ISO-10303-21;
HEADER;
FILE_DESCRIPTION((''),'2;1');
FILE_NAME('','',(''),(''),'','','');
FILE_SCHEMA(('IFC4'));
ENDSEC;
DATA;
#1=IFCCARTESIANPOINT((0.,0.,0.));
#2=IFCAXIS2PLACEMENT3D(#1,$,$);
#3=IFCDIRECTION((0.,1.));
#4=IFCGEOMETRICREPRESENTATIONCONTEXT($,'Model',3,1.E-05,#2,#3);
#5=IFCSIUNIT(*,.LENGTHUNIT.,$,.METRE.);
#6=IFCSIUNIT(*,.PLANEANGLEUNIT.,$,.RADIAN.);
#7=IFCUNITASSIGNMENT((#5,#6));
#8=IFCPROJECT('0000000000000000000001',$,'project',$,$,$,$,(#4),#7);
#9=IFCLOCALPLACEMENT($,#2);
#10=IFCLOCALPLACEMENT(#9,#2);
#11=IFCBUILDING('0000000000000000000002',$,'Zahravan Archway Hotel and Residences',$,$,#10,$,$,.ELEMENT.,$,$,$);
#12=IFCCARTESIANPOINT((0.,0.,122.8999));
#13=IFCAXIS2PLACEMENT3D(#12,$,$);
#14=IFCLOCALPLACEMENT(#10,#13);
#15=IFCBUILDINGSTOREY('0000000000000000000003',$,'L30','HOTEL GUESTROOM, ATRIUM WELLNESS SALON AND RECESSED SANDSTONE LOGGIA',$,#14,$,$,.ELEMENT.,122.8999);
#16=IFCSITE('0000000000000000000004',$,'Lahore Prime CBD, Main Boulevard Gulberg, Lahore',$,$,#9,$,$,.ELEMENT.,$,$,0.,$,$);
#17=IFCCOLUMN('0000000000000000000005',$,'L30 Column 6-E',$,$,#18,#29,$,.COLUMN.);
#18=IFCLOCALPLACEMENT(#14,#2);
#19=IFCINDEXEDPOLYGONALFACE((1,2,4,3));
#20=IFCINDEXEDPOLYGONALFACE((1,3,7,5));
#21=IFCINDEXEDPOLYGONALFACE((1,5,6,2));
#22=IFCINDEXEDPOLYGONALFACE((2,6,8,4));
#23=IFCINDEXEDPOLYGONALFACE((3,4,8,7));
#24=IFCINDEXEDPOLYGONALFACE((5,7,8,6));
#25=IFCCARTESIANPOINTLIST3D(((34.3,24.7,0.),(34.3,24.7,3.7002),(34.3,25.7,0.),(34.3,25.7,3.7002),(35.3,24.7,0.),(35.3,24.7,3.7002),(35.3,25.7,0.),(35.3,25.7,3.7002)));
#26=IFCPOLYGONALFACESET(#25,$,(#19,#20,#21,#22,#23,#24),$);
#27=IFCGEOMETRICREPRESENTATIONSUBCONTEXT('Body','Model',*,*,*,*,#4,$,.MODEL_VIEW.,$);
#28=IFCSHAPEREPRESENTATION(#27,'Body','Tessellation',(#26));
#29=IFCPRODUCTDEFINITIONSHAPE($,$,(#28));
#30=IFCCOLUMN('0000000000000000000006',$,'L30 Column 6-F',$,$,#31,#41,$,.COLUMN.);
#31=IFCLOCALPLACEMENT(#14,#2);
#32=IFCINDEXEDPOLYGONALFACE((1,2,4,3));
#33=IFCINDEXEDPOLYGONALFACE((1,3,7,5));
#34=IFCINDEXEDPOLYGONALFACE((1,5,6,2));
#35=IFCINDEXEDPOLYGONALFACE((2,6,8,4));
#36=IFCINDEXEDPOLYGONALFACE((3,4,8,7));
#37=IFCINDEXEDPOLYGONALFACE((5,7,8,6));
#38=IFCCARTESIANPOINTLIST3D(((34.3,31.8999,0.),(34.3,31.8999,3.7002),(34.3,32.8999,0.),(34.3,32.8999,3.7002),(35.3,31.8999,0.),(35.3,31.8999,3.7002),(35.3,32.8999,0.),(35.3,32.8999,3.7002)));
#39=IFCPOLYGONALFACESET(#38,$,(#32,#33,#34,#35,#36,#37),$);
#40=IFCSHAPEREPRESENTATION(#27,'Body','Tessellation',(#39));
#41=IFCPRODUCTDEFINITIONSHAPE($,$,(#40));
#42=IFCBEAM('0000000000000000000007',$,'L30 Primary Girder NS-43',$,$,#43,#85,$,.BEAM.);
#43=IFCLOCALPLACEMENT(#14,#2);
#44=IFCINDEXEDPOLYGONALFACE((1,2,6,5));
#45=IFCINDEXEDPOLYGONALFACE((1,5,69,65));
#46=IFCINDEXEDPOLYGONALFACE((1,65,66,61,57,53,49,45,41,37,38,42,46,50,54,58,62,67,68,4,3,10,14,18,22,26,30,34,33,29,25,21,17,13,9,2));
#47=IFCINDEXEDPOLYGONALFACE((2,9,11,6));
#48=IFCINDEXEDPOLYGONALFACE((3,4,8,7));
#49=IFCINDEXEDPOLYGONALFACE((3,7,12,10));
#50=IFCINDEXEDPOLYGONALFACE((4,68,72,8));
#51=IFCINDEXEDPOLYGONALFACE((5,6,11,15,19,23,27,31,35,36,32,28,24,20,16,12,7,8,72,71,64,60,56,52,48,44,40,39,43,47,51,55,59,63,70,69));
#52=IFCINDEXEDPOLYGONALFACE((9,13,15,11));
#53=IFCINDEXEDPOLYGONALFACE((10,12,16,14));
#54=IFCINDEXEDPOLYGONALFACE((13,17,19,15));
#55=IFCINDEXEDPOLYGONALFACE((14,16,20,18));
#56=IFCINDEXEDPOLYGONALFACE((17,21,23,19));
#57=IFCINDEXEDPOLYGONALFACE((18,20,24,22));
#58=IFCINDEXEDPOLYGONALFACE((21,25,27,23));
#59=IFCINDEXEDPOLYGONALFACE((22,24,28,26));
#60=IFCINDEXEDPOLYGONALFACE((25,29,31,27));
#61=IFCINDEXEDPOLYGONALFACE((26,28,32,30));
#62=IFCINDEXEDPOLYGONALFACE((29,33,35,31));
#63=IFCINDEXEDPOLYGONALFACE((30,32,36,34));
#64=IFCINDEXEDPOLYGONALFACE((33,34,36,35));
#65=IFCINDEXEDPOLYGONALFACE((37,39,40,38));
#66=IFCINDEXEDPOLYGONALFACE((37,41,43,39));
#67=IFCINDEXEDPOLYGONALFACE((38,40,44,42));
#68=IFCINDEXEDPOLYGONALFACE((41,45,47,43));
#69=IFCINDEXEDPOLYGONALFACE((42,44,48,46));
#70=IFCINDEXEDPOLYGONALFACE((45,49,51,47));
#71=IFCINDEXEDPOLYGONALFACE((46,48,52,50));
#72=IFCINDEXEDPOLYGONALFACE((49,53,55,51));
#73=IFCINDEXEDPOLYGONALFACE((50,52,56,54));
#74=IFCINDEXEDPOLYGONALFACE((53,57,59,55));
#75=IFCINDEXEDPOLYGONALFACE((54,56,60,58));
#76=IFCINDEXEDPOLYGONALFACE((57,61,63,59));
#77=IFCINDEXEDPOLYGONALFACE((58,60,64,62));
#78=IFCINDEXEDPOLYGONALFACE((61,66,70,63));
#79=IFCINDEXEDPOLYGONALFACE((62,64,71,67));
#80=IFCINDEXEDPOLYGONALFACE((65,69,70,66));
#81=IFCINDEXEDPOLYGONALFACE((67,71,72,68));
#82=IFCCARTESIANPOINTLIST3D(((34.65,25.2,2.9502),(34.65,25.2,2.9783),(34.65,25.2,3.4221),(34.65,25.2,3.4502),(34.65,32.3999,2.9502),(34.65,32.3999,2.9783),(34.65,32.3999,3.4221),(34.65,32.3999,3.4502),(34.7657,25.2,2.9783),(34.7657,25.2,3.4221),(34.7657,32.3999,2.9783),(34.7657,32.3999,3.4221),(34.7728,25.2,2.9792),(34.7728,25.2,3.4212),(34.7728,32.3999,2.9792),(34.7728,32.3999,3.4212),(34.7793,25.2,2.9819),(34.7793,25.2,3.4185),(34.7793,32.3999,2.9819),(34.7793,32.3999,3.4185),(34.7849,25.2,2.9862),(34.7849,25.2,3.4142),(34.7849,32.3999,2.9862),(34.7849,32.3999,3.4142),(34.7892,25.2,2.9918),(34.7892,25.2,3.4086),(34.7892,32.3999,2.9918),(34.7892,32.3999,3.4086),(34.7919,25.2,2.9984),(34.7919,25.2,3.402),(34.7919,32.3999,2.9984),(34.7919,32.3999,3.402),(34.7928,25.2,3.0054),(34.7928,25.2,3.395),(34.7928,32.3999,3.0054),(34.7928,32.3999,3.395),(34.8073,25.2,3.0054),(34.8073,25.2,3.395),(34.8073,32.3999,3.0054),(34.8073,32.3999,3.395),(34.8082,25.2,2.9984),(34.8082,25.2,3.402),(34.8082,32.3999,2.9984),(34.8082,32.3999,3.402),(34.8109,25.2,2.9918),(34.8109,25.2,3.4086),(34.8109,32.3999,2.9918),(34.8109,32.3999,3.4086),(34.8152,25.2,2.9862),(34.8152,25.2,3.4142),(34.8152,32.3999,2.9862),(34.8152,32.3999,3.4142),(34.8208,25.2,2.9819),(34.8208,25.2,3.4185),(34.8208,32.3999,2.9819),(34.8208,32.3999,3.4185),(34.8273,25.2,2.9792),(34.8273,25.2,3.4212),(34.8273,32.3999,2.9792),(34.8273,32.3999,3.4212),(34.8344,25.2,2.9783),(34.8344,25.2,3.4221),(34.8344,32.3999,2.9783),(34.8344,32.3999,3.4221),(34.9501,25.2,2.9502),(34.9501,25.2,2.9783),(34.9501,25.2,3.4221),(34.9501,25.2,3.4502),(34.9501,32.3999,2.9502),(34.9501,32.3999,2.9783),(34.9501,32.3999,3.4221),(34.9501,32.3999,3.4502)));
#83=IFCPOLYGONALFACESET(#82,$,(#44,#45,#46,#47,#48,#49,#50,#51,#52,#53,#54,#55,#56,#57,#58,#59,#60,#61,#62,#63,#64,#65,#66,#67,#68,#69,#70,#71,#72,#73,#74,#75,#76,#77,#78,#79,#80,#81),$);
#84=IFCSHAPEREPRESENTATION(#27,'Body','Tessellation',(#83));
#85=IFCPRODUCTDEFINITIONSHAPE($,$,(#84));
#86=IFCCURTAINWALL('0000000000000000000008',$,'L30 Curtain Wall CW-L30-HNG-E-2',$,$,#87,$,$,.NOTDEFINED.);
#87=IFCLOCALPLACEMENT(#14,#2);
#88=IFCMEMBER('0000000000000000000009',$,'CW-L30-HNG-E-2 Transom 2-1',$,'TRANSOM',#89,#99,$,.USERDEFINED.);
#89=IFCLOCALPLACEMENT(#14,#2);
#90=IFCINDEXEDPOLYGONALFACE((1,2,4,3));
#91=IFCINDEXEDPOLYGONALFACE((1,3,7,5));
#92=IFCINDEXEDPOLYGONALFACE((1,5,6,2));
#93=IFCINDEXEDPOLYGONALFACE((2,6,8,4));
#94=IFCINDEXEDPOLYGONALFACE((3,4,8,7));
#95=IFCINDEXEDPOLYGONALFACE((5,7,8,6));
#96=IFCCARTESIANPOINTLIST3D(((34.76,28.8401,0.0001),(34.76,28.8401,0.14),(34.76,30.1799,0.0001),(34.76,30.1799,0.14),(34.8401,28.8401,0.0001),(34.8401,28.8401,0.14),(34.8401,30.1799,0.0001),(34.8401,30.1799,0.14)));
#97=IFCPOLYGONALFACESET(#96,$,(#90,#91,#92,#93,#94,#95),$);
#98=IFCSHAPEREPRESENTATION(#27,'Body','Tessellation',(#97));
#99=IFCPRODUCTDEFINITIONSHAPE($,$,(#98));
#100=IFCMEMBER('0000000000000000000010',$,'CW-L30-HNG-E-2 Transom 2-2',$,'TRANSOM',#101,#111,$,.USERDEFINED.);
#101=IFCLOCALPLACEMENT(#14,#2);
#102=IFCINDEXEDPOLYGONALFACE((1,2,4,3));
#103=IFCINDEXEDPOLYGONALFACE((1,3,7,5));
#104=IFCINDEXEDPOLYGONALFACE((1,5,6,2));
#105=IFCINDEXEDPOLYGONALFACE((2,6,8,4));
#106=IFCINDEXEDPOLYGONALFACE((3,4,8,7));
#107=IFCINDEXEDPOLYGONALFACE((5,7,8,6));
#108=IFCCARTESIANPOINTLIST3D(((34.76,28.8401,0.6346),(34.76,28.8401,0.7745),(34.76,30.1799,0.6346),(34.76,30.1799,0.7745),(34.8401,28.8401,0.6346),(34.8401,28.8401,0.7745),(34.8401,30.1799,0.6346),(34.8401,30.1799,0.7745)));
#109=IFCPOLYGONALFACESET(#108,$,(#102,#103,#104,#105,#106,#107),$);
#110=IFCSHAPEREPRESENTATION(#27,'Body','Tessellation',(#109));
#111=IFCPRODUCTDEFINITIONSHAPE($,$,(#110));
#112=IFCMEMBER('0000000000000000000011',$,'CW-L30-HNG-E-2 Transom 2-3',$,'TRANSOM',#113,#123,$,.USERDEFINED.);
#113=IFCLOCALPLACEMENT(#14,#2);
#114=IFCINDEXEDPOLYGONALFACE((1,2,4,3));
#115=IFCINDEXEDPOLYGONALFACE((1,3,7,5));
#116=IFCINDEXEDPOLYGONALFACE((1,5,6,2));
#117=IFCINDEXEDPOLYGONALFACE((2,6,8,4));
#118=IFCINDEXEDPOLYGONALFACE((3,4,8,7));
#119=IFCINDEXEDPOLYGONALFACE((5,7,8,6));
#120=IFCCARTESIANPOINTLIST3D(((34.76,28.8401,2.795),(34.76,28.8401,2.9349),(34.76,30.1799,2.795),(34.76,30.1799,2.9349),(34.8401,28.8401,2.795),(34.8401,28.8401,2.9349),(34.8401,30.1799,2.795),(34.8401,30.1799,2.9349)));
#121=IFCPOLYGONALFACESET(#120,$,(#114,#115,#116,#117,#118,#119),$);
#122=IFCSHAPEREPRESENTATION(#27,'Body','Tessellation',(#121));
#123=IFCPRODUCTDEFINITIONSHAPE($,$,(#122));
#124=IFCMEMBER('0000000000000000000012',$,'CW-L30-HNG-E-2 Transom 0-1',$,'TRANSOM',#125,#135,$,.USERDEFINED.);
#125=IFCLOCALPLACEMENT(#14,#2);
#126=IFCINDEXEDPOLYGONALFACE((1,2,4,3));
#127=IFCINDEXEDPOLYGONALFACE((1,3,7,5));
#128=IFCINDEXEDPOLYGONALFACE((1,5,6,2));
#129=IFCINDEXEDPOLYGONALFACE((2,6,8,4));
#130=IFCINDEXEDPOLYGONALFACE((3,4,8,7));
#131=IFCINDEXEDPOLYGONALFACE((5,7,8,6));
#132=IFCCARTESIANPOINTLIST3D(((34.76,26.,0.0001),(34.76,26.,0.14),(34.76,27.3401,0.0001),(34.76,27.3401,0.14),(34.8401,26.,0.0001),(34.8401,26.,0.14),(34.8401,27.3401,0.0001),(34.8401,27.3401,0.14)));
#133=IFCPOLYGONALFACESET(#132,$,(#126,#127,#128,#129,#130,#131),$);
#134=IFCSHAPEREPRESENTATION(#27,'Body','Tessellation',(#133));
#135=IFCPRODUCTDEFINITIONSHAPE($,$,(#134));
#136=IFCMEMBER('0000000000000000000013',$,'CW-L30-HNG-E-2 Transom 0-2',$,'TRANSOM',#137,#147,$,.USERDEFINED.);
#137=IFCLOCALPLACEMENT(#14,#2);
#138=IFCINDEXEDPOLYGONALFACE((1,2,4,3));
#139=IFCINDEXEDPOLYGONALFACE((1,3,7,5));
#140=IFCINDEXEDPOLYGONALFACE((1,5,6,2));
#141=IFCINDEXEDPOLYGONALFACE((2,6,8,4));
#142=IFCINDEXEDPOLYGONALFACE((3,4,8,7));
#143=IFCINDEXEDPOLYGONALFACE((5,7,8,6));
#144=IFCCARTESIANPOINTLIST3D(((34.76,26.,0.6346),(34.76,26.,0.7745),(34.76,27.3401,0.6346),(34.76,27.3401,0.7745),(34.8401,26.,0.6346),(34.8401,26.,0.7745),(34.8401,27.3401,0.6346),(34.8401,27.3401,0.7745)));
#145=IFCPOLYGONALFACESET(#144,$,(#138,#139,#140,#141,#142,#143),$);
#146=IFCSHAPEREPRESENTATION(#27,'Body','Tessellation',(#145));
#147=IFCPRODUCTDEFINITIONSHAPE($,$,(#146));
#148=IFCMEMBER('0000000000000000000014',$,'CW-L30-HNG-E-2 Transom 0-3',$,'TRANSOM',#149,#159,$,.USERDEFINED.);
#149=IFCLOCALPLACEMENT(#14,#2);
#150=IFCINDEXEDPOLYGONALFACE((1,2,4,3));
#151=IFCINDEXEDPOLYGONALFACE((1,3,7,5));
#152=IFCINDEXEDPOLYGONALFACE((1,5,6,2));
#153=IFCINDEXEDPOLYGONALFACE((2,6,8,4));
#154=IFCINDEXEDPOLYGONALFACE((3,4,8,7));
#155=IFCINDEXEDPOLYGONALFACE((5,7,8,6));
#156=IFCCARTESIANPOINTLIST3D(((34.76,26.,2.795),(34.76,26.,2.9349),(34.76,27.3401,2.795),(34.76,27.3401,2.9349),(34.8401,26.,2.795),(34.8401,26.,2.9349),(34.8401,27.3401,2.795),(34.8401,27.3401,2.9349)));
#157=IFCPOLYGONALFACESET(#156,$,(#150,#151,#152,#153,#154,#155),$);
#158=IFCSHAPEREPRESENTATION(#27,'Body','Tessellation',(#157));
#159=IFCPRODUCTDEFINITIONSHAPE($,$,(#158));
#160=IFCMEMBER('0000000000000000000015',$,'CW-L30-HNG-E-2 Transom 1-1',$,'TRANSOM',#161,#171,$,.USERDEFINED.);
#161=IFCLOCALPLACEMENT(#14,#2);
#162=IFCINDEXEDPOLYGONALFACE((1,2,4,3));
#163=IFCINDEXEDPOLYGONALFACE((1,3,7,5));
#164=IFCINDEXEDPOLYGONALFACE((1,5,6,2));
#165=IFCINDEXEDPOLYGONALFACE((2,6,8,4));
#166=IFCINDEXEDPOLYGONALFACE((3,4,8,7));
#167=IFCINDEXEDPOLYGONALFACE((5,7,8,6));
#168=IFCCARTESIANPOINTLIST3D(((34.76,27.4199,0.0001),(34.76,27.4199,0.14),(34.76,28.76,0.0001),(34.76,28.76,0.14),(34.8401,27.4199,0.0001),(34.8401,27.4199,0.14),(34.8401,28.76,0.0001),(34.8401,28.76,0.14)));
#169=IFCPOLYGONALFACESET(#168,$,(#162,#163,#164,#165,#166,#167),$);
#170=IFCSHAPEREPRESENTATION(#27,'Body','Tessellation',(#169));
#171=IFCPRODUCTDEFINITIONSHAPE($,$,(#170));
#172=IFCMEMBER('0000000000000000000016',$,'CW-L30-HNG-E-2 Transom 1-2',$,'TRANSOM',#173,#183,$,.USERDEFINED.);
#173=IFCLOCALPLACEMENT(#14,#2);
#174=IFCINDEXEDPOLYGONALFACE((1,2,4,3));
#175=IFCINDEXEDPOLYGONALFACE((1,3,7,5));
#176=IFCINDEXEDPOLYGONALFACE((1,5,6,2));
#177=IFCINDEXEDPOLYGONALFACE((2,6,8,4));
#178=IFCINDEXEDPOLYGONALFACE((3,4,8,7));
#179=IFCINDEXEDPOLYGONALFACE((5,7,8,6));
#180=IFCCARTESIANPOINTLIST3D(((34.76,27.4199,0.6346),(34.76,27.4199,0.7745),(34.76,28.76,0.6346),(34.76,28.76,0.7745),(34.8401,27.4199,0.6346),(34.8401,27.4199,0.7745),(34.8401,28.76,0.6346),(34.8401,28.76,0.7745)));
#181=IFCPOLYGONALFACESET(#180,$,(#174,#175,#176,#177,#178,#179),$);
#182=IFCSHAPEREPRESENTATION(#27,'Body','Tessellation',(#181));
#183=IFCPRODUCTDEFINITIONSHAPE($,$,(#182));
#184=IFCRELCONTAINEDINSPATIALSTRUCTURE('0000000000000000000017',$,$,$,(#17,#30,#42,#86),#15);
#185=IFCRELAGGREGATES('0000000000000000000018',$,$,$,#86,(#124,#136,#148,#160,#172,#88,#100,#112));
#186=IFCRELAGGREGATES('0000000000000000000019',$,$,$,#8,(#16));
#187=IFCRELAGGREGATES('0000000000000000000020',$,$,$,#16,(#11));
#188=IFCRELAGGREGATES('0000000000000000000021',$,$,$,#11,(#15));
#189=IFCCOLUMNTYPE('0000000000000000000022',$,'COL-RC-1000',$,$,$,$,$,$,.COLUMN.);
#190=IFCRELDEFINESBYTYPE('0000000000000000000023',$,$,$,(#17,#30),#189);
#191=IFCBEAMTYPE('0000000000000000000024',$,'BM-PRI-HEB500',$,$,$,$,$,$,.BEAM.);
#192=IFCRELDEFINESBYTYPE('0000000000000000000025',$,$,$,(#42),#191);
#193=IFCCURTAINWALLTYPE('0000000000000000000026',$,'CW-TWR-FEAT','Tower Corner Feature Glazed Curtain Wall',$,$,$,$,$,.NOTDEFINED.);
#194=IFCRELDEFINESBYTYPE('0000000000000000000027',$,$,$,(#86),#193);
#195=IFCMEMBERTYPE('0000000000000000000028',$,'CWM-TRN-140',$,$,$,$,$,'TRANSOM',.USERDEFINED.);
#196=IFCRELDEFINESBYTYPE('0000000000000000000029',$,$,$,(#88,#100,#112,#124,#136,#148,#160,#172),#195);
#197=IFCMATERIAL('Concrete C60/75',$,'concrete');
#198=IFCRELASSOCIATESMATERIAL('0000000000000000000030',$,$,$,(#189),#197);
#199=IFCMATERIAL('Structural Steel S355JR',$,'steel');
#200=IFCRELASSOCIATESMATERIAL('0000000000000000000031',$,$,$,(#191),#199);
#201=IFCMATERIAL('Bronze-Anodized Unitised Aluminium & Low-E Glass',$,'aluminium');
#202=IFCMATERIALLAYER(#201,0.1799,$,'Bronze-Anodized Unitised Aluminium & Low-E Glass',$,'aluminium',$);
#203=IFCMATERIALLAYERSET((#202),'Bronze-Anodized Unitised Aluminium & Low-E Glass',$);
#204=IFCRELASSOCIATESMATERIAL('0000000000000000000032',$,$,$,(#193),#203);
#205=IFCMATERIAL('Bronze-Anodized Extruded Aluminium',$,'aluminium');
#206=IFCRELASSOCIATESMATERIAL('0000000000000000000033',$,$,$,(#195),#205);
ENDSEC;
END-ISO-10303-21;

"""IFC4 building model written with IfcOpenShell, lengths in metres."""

from ifc_helpers import new_model, si_unit, direction, frame, origin, origin_2d, place, context, subcontext, project, spatial, rectangle, i_section, extrude, source, transform, mapped, material, layer, layer_set, material_profile, profile_set, type_object, element, aggregate, save


model = new_model("IFC4")

# Units and contexts
model_context = context("Model", 3, precision=1e-05, world=origin(), true_north=direction((0.0, 1.0)))
body_context = subcontext(model_context, "Body", "Model", "MODEL_VIEW")
ifc_project = project(units=[si_unit("LENGTHUNIT", "METRE"), si_unit("PLANEANGLEUNIT", "RADIAN")], contexts=[model_context])

# Site, building, storey
site_placement = place(None, origin())
site = spatial("IfcSite", under=ifc_project, at=site_placement, Name="Lahore Prime CBD, Main Boulevard Gulberg, Lahore", CompositionType="ELEMENT", RefElevation=0.0)
building_placement = place(site_placement, origin())
building = spatial("IfcBuilding", under=site, at=building_placement, Name="Zahravan Archway Hotel and Residences", CompositionType="ELEMENT")
storey_placement = place(building_placement, frame((0.0, 0.0, 122.8999)))
storey = spatial("IfcBuildingStorey", under=building, at=storey_placement, Name="L30", Description="HOTEL GUESTROOM, ATRIUM WELLNESS SALON AND RECESSED SANDSTONE LOGGIA", CompositionType="ELEMENT", Elevation=122.8999)

# Columns
ifc_material_1 = material(Name="Concrete C60/75", Category="concrete")
ifc_material_profile_1 = material_profile(ifc_material_1, rectangle(XDim=1.0, YDim=1.0, at=origin_2d()), Name="RC-COL-1000x1000", Category="concrete")
ifc_profile_set_1 = profile_set([ifc_material_profile_1], Name="Concrete C60/75")
column_type = type_object("IfcColumnType", Name="COL-RC-1000", PredefinedType="COLUMN", material=ifc_profile_set_1)
shared_shape_1 = source(origin(), body_context, "Body", "SweptSolid", [
    extrude(rectangle(XDim=1.0, YDim=1.0, at=origin_2d()), origin(), (0.0, 0.0, 1.0), 3.7002),
])
for number, where, z_axis, x_axis, name in (
    (1, (34.8, 25.2, 0.0), (0.0, 0.0, 1.0), (1.0, 0.0, 0.0), "L30 Column 6-E"),
    (2, (34.8, 32.3999, 0.0), (0.0, 0.0, 1.0), (1.0, 0.0, 0.0), "L30 Column 6-F"),
):
    element("IfcColumn", number, at=place(storey_placement, frame(where, z_axis=z_axis, x_axis=x_axis)), inside=storey, type_object=column_type, Name=name, PredefinedType="COLUMN", context=body_context, shape_type="MappedRepresentation", body=[
        mapped(shared_shape_1, transform((0.0, 0.0, 0.0), scale=1.0)),
    ])

# Beam
ifc_material_2 = material(Name="Structural Steel S355JR", Category="steel")
ifc_material_profile_2 = material_profile(ifc_material_2, i_section(OverallWidth=0.3, OverallDepth=0.5, WebThickness=0.0144, FlangeThickness=0.0281, FilletRadius=0.0271, at=origin_2d()), Name="HEB 500", Category="steel")
ifc_profile_set_2 = profile_set([ifc_material_profile_2], Name="Structural Steel S355JR")
beam_type = type_object("IfcBeamType", Name="BM-PRI-HEB500", PredefinedType="BEAM", material=ifc_profile_set_2)
shared_shape_2 = source(origin(), body_context, "Body", "SweptSolid", [
    extrude(i_section(OverallWidth=0.3, OverallDepth=0.5, WebThickness=0.0144, FlangeThickness=0.0281, FilletRadius=0.0271, at=origin_2d()), origin(), (0.0, 0.0, 1.0), 7.2),
])
beam_placement = place(storey_placement, frame((34.8, 25.2, 3.2002), z_axis=(0.0, 1.0, 0.0), x_axis=(-1.0, 0.0, 0.0)))
element("IfcBeam", 3, at=beam_placement, inside=storey, type_object=beam_type, Name="L30 Primary Girder NS-43", PredefinedType="BEAM", context=body_context, shape_type="MappedRepresentation", body=[
    mapped(shared_shape_2, transform((0.0, 0.0, 0.0), scale=1.0)),
])

# Curtain wall, members
ifc_material_3 = material(Name="Bronze-Anodized Unitised Aluminium & Low-E Glass", Category="aluminium")
ifc_layer_1 = layer(ifc_material_3, 0.1799, Name="Bronze-Anodized Unitised Aluminium & Low-E Glass", Category="aluminium")
ifc_layer_set_1 = layer_set([ifc_layer_1], Name="Bronze-Anodized Unitised Aluminium & Low-E Glass")
curtain_wall_type = type_object("IfcCurtainWallType", Name="CW-TWR-FEAT", Description="Tower Corner Feature Glazed Curtain Wall", PredefinedType="NOTDEFINED", material=ifc_layer_set_1)
curtain_wall_1_placement = place(storey_placement, origin())
curtain_wall_1 = element("IfcCurtainWall", 4, at=curtain_wall_1_placement, inside=storey, type_object=curtain_wall_type, Name="L30 Curtain Wall CW-L30-HNG-E-2", PredefinedType="NOTDEFINED")
ifc_material_4 = material(Name="Bronze-Anodized Extruded Aluminium", Category="aluminium")
ifc_material_profile_3 = material_profile(ifc_material_4, rectangle(XDim=0.0801, YDim=0.1399, at=origin_2d()), Name="TRN 80x140", Category="aluminium")
ifc_profile_set_3 = profile_set([ifc_material_profile_3], Name="Bronze-Anodized Extruded Aluminium")
member_type_1 = type_object("IfcMemberType", Name="CWM-TRN-140", ElementType="TRANSOM", PredefinedType="USERDEFINED", material=ifc_profile_set_3)
shared_shape_3 = source(origin(), body_context, "Body", "SweptSolid", [
    extrude(rectangle(XDim=0.0801, YDim=0.1399, at=origin_2d()), origin(), (0.0, 0.0, 1.0), 1.3398),
])
member_1_placement = place(storey_placement, frame((34.8, 28.8401, 0.0701), z_axis=(0.0, 1.0, 0.0), x_axis=(-1.0, 0.0, 0.0)))
member_1 = element("IfcMember", 5, at=member_1_placement, type_object=member_type_1, Name="CW-L30-HNG-E-2 Transom 2-1", ObjectType="TRANSOM", PredefinedType="USERDEFINED", context=body_context, shape_type="MappedRepresentation", body=[
    mapped(shared_shape_3, transform((0.0, 0.0, 0.0), scale=1.0)),
])
member_2_placement = place(storey_placement, frame((34.8, 28.8401, 0.7046), z_axis=(0.0, 1.0, 0.0), x_axis=(-1.0, 0.0, 0.0)))
member_2 = element("IfcMember", 6, at=member_2_placement, type_object=member_type_1, Name="CW-L30-HNG-E-2 Transom 2-2", ObjectType="TRANSOM", PredefinedType="USERDEFINED", context=body_context, shape_type="MappedRepresentation", body=[
    mapped(shared_shape_3, transform((0.0, 0.0, 0.0), scale=1.0)),
])
member_3_placement = place(storey_placement, frame((34.8, 28.8401, 2.865), z_axis=(0.0, 1.0, 0.0), x_axis=(-1.0, 0.0, 0.0)))
member_3 = element("IfcMember", 7, at=member_3_placement, type_object=member_type_1, Name="CW-L30-HNG-E-2 Transom 2-3", ObjectType="TRANSOM", PredefinedType="USERDEFINED", context=body_context, shape_type="MappedRepresentation", body=[
    mapped(shared_shape_3, transform((0.0, 0.0, 0.0), scale=1.0)),
])
shared_shape_4 = source(origin(), body_context, "Body", "SweptSolid", [
    extrude(rectangle(XDim=0.0801, YDim=0.1399, at=origin_2d()), origin(), (0.0, 0.0, 1.0), 1.3401),
])
member_4_placement = place(storey_placement, frame((34.8, 26.0, 0.0701), z_axis=(0.0, 1.0, 0.0), x_axis=(-1.0, 0.0, 0.0)))
member_4 = element("IfcMember", 8, at=member_4_placement, type_object=member_type_1, Name="CW-L30-HNG-E-2 Transom 0-1", ObjectType="TRANSOM", PredefinedType="USERDEFINED", context=body_context, shape_type="MappedRepresentation", body=[
    mapped(shared_shape_4, transform((0.0, 0.0, 0.0), scale=1.0)),
])
member_5_placement = place(storey_placement, frame((34.8, 26.0, 0.7046), z_axis=(0.0, 1.0, 0.0), x_axis=(-1.0, 0.0, 0.0)))
member_5 = element("IfcMember", 9, at=member_5_placement, type_object=member_type_1, Name="CW-L30-HNG-E-2 Transom 0-2", ObjectType="TRANSOM", PredefinedType="USERDEFINED", context=body_context, shape_type="MappedRepresentation", body=[
    mapped(shared_shape_4, transform((0.0, 0.0, 0.0), scale=1.0)),
])
member_6_placement = place(storey_placement, frame((34.8, 26.0, 2.865), z_axis=(0.0, 1.0, 0.0), x_axis=(-1.0, 0.0, 0.0)))
member_6 = element("IfcMember", 10, at=member_6_placement, type_object=member_type_1, Name="CW-L30-HNG-E-2 Transom 0-3", ObjectType="TRANSOM", PredefinedType="USERDEFINED", context=body_context, shape_type="MappedRepresentation", body=[
    mapped(shared_shape_4, transform((0.0, 0.0, 0.0), scale=1.0)),
])
member_7_placement = place(storey_placement, frame((34.8, 27.4199, 0.0701), z_axis=(0.0, 1.0, 0.0), x_axis=(-1.0, 0.0, 0.0)))
member_7 = element("IfcMember", 11, at=member_7_placement, type_object=member_type_1, Name="CW-L30-HNG-E-2 Transom 1-1", ObjectType="TRANSOM", PredefinedType="USERDEFINED", context=body_context, shape_type="MappedRepresentation", body=[
    mapped(shared_shape_4, transform((0.0, 0.0, 0.0), scale=1.0)),
])
member_8_placement = place(storey_placement, frame((34.8, 27.4199, 0.7046), z_axis=(0.0, 1.0, 0.0), x_axis=(-1.0, 0.0, 0.0)))
member_8 = element("IfcMember", 12, at=member_8_placement, type_object=member_type_1, Name="CW-L30-HNG-E-2 Transom 1-2", ObjectType="TRANSOM", PredefinedType="USERDEFINED", context=body_context, shape_type="MappedRepresentation", body=[
    mapped(shared_shape_4, transform((0.0, 0.0, 0.0), scale=1.0)),
])

aggregate(curtain_wall_1, [member_4, member_5, member_6, member_7, member_8, member_1, member_2, member_3])

save(model, "model.ifc")
